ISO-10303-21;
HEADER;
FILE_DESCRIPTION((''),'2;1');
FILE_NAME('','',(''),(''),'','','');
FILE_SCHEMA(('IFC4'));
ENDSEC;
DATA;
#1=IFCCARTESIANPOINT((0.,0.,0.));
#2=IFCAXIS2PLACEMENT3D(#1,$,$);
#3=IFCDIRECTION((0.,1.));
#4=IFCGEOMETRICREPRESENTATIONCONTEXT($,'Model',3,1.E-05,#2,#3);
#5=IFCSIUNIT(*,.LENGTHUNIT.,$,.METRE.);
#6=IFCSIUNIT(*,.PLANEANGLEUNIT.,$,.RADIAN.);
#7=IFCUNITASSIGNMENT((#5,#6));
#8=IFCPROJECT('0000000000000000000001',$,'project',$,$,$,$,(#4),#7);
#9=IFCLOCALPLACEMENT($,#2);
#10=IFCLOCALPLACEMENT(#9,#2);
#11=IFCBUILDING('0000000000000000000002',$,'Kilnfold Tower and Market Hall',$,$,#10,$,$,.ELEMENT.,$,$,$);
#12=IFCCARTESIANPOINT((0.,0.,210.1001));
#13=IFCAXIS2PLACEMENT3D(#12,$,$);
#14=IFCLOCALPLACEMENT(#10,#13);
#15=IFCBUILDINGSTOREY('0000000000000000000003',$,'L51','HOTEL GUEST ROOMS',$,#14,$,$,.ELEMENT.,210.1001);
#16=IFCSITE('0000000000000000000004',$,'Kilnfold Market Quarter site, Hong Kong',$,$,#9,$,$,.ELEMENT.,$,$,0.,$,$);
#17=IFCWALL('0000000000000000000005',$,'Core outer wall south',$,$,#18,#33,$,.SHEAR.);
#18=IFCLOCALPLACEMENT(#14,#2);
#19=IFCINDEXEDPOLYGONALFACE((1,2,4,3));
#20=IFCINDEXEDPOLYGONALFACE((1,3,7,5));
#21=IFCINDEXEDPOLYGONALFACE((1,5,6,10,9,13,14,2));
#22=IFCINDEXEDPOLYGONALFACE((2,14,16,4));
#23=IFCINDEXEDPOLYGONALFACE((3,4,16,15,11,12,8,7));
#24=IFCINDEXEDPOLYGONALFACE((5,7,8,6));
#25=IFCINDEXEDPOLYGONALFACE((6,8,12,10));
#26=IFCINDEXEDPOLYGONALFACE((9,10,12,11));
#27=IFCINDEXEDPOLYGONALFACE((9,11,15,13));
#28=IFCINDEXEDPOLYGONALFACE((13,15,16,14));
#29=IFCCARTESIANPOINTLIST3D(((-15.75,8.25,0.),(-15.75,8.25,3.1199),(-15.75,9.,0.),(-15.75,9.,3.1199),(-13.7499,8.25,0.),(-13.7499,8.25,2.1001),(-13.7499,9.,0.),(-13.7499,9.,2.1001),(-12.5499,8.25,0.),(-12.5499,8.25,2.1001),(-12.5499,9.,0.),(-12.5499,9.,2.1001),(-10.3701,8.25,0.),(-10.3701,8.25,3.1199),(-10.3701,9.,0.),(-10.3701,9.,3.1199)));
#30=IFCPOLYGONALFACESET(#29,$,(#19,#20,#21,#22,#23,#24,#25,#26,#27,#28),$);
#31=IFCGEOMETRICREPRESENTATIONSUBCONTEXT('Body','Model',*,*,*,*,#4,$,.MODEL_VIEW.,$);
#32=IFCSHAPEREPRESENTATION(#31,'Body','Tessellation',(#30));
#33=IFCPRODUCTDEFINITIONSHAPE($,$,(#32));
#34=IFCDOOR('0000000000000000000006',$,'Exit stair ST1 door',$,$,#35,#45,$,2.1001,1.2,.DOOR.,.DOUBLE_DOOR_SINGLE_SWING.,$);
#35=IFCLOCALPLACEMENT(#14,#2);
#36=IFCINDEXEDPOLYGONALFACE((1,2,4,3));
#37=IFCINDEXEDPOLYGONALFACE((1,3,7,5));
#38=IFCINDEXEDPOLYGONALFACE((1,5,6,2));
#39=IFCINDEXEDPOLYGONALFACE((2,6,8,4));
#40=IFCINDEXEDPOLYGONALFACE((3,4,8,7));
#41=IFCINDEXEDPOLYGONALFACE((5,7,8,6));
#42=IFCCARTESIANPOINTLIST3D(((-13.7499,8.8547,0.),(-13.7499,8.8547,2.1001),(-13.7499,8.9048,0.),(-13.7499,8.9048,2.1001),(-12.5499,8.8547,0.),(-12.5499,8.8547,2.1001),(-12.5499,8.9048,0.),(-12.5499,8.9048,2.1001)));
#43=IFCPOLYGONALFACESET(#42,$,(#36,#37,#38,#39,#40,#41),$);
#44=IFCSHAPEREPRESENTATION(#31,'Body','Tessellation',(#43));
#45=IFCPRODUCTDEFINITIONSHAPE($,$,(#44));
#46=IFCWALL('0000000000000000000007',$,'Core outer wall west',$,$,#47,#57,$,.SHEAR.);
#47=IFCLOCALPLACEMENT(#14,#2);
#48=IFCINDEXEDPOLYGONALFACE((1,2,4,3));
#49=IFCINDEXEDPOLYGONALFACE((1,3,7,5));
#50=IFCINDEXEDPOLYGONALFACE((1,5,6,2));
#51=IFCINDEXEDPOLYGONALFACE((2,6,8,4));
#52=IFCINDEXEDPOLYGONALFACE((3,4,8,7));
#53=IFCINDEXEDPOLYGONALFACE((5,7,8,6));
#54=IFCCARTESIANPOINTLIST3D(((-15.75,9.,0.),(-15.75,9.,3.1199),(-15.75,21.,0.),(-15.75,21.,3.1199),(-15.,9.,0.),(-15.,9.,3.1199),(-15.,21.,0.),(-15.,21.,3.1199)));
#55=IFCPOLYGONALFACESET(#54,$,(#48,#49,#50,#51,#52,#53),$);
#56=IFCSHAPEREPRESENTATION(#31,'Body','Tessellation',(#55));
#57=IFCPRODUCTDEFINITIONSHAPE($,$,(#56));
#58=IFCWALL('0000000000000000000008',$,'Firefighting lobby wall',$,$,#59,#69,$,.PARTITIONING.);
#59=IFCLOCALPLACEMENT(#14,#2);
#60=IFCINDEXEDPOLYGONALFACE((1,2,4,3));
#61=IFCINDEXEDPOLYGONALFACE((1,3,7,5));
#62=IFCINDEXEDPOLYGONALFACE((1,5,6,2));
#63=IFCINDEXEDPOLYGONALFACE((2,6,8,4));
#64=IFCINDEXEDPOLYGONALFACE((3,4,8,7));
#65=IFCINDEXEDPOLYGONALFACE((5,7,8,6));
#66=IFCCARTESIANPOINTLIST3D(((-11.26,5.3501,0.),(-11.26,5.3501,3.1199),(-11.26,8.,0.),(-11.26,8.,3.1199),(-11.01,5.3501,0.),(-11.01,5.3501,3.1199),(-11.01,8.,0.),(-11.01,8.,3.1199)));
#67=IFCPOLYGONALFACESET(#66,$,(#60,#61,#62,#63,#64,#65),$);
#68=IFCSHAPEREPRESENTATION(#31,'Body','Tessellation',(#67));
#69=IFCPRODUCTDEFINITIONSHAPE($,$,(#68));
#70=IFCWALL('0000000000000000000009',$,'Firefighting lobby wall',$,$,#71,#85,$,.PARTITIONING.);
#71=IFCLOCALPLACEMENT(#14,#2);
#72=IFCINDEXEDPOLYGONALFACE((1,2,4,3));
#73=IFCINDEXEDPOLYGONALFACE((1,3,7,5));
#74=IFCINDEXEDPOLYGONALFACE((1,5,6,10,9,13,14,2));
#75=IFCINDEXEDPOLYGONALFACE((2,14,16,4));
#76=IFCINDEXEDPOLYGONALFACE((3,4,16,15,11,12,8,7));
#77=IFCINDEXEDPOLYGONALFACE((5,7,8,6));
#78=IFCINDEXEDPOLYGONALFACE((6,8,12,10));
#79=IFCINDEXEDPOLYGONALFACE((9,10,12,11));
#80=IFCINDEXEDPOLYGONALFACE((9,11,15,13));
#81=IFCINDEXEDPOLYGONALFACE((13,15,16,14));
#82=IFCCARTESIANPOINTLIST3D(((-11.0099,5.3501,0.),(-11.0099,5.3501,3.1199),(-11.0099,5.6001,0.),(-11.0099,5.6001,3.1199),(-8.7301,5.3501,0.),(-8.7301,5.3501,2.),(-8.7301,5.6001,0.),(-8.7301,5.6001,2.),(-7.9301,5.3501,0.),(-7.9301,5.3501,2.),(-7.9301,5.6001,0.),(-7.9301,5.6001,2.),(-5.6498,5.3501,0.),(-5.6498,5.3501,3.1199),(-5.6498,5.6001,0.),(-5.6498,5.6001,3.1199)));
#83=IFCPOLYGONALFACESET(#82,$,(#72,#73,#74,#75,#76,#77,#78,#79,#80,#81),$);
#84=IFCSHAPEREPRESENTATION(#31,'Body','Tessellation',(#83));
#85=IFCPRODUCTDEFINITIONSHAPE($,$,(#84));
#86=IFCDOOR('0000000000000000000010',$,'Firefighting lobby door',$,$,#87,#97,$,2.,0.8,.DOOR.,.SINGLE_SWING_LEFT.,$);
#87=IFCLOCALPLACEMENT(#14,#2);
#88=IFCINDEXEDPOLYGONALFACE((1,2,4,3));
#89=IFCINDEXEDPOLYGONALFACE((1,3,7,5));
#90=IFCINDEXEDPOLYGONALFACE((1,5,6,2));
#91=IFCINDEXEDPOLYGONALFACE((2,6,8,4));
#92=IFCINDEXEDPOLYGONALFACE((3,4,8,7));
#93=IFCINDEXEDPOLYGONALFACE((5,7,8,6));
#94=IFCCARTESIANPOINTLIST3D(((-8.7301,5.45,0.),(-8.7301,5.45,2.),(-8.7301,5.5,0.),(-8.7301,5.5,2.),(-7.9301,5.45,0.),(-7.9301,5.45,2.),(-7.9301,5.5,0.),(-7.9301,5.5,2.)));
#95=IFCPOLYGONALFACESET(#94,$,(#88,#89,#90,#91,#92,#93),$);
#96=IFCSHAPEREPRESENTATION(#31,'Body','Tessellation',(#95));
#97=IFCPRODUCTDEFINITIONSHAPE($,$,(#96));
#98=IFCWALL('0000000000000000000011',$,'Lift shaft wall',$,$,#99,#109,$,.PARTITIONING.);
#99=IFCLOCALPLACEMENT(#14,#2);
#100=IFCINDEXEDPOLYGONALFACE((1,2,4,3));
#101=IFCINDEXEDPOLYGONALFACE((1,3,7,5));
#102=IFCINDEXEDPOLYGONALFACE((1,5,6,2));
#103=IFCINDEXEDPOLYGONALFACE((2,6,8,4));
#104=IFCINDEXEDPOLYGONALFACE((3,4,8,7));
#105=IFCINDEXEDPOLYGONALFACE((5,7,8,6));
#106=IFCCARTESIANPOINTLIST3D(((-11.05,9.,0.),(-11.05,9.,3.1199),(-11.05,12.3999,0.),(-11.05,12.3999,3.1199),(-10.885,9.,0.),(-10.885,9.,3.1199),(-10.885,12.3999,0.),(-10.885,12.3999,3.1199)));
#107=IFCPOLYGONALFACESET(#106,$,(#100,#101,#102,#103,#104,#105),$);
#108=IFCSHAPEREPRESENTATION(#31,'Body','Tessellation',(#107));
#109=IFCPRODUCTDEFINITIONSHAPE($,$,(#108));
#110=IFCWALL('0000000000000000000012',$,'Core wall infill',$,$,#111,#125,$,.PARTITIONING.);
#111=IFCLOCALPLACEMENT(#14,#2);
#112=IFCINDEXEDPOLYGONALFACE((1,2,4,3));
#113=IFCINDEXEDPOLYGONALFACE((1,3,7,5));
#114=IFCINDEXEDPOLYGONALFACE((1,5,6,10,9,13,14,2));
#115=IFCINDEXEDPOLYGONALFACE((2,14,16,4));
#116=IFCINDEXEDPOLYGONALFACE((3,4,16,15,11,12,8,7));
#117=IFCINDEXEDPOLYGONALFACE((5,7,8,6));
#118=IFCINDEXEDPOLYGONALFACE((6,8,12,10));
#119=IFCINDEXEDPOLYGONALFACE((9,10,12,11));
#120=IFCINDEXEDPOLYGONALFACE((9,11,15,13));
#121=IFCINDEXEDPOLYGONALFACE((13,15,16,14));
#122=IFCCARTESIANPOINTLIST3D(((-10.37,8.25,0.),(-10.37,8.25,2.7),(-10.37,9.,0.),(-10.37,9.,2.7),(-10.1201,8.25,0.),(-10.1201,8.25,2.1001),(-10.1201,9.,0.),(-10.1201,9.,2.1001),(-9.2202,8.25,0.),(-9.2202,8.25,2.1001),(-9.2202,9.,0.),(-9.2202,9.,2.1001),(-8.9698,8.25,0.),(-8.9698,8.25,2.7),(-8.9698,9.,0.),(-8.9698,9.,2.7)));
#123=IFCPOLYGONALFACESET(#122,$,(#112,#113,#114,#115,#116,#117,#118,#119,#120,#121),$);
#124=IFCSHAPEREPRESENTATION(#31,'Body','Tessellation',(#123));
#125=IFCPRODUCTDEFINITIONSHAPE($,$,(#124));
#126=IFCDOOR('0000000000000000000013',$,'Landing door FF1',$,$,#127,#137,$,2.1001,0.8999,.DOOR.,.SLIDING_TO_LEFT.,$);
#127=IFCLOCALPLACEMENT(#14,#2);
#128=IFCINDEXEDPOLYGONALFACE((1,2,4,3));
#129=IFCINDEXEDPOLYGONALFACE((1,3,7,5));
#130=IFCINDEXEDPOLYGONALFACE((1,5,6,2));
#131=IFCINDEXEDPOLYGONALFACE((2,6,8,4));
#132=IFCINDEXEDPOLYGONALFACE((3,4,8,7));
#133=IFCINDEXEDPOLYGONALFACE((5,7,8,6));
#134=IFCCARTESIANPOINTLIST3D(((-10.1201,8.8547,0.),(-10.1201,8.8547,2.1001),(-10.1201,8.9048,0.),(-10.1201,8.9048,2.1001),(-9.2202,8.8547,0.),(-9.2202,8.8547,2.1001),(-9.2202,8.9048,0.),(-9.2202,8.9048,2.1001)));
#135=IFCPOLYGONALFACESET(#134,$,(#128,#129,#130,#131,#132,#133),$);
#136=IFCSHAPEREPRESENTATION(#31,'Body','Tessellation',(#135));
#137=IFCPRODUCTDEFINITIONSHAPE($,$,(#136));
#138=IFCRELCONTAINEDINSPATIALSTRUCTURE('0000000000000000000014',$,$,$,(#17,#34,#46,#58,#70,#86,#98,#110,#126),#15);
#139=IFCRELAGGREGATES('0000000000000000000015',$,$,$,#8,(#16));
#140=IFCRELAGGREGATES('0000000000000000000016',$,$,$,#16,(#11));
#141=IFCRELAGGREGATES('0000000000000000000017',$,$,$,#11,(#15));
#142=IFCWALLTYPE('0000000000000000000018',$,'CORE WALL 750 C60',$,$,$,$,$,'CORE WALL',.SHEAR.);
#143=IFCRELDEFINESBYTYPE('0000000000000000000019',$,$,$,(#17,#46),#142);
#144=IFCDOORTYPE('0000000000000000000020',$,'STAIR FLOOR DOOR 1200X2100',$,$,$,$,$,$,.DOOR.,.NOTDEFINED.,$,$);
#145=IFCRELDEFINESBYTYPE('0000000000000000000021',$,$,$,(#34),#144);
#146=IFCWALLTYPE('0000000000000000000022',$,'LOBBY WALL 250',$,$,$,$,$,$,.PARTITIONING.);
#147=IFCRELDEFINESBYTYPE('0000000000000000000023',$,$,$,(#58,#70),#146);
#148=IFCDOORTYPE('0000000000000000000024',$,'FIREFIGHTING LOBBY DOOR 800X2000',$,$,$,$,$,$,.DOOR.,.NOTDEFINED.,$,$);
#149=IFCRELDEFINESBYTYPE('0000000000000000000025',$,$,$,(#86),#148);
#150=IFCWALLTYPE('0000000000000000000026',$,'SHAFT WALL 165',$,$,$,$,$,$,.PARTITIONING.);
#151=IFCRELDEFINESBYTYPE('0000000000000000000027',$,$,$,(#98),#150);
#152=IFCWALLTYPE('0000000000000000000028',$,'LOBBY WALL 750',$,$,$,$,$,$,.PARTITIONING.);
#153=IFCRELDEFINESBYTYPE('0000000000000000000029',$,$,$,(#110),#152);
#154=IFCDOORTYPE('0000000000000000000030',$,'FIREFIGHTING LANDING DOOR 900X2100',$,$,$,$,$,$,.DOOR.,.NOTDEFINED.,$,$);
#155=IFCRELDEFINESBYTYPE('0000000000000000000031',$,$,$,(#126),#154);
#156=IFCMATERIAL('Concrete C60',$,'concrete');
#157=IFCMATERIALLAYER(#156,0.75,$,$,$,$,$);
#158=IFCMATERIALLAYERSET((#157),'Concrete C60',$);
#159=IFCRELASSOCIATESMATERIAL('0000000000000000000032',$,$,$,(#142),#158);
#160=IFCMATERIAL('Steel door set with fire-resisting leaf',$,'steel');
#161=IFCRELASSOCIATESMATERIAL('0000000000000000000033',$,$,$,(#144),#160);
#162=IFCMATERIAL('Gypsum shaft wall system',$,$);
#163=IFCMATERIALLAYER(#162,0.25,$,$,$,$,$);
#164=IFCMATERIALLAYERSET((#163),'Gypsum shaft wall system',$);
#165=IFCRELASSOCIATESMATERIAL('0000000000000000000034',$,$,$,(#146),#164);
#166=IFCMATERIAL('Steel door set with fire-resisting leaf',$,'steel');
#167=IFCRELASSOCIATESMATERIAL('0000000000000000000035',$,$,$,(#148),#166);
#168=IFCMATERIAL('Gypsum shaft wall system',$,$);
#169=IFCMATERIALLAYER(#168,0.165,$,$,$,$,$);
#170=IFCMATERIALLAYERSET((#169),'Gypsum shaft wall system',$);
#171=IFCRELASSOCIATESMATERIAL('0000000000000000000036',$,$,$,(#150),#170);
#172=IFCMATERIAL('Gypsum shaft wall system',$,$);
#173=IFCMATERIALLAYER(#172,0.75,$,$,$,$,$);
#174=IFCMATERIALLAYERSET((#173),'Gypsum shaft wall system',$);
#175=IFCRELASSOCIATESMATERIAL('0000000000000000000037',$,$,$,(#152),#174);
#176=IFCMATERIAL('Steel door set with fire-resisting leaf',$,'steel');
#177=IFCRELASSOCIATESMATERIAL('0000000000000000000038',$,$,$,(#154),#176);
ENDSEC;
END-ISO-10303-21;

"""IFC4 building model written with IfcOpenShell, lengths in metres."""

from ifc_helpers import new_model, si_unit, direction, frame, frame_2d, origin, place, context, subcontext, project, spatial, rectangle, extrude, source, transform, mapped, material, layer, layer_set, type_object, element, fill, save


model = new_model("IFC4")

# Units and contexts
model_context = context("Model", 3, precision=1e-05, world=origin(), true_north=direction((0.0, 1.0)))
body_context = subcontext(model_context, "Body", "Model", "MODEL_VIEW")
ifc_project = project(units=[si_unit("LENGTHUNIT", "METRE"), si_unit("PLANEANGLEUNIT", "RADIAN")], contexts=[model_context])

# Site, building, storey
site_placement = place(None, origin())
site = spatial("IfcSite", under=ifc_project, at=site_placement, Name="Kilnfold Market Quarter site, Hong Kong", CompositionType="ELEMENT", RefElevation=0.0)
building_placement = place(site_placement, origin())
building = spatial("IfcBuilding", under=site, at=building_placement, Name="Kilnfold Tower and Market Hall", CompositionType="ELEMENT")
storey_placement = place(building_placement, frame((0.0, 0.0, 210.1001)))
storey = spatial("IfcBuildingStorey", under=building, at=storey_placement, Name="L51", Description="HOTEL GUEST ROOMS", CompositionType="ELEMENT", Elevation=210.1001)

# Wall, opening, door
ifc_material_1 = material(Name="Concrete C60", Category="concrete")
ifc_layer_1 = layer(ifc_material_1, 0.75)
ifc_layer_set_1 = layer_set([ifc_layer_1], Name="Concrete C60")
wall_type_1 = type_object("IfcWallType", Name="CORE WALL 750 C60", ElementType="CORE WALL", PredefinedType="SHEAR", material=ifc_layer_set_1)
shared_shape_1 = source(origin(), body_context, "Body", "SweptSolid", [
    extrude(rectangle(XDim=5.3799, YDim=0.75, at=frame_2d((2.6899, 0.0))), origin(), (0.0, 0.0, 1.0), 3.1199),
])
wall_1_placement = place(storey_placement, frame((-15.75, 8.625, 0.0), z_axis=(0.0, 0.0, 1.0), x_axis=(1.0, 0.0, 0.0)))
wall_1 = element("IfcWall", 1, at=wall_1_placement, inside=storey, type_object=wall_type_1, Name="Core outer wall south", PredefinedType="SHEAR", context=body_context, shape_type="MappedRepresentation", body=[
    mapped(shared_shape_1, transform((0.0, 0.0, 0.0))),
])
opening_1_placement = place(wall_1_placement, frame((2.0, 0.0, 0.0)))
opening_1 = element("IfcOpeningElement", 2, at=opening_1_placement, cuts=wall_1, PredefinedType="OPENING", context=body_context, shape_type="SweptSolid", body=[
    extrude(rectangle(XDim=1.2, YDim=2.1001, at=frame_2d((0.6001, 1.05))), frame((0.0, 0.385, 0.0), z_axis=(0.0, -1.0, 0.0), x_axis=(1.0, 0.0, 0.0)), (0.0, 0.0, 1.0), 0.77),
])
ifc_material_2 = material(Name="Steel door set with fire-resisting leaf", Category="steel")
door_type_1 = type_object("IfcDoorType", Name="STAIR FLOOR DOOR 1200X2100", OperationType="NOTDEFINED", PredefinedType="DOOR", material=ifc_material_2)
door_1_placement = place(opening_1_placement, origin())
door_1 = element("IfcDoor", 3, at=door_1_placement, inside=storey, type_object=door_type_1, Name="Exit stair ST1 door", OperationType="DOUBLE_DOOR_SINGLE_SWING", OverallHeight=2.1001, OverallWidth=1.2, PredefinedType="DOOR", context=body_context, shape_type="SweptSolid", body=[
    extrude(rectangle(XDim=1.2, YDim=2.1001, at=frame_2d((0.6001, 1.05))), frame((0.0, 0.2798, 0.0), z_axis=(0.0, -1.0, 0.0), x_axis=(1.0, 0.0, 0.0)), (0.0, 0.0, 1.0), 0.05),
])
fill(opening_1, door_1)

# Walls
shared_shape_2 = source(origin(), body_context, "Body", "SweptSolid", [
    extrude(rectangle(XDim=12.0, YDim=0.75, at=frame_2d((6.0, 0.0))), origin(), (0.0, 0.0, 1.0), 3.1199),
])
wall_2_placement = place(storey_placement, frame((-15.375, 9.0, 0.0), z_axis=(0.0, 0.0, 1.0), x_axis=(0.0, 1.0, 0.0)))
element("IfcWall", 4, at=wall_2_placement, inside=storey, type_object=wall_type_1, Name="Core outer wall west", PredefinedType="SHEAR", context=body_context, shape_type="MappedRepresentation", body=[
    mapped(shared_shape_2, transform((0.0, 0.0, 0.0))),
])
ifc_material_3 = material(Name="Gypsum shaft wall system")
ifc_layer_2 = layer(ifc_material_3, 0.25)
ifc_layer_set_2 = layer_set([ifc_layer_2], Name="Gypsum shaft wall system")
wall_type_2 = type_object("IfcWallType", Name="LOBBY WALL 250", PredefinedType="PARTITIONING", material=ifc_layer_set_2)
shared_shape_3 = source(origin(), body_context, "Body", "SweptSolid", [
    extrude(rectangle(XDim=2.6499, YDim=0.25, at=frame_2d((1.325, 0.0))), origin(), (0.0, 0.0, 1.0), 3.1199),
])
wall_3_placement = place(storey_placement, frame((-11.135, 5.3501, 0.0), z_axis=(0.0, 0.0, 1.0), x_axis=(0.0, 1.0, 0.0)))
element("IfcWall", 5, at=wall_3_placement, inside=storey, type_object=wall_type_2, Name="Firefighting lobby wall", PredefinedType="PARTITIONING", context=body_context, shape_type="MappedRepresentation", body=[
    mapped(shared_shape_3, transform((0.0, 0.0, 0.0))),
])

# Wall, opening, door
shared_shape_4 = source(origin(), body_context, "Body", "SweptSolid", [
    extrude(rectangle(XDim=5.3601, YDim=0.25, at=frame_2d((2.6802, 0.0))), origin(), (0.0, 0.0, 1.0), 3.1199),
])
wall_4_placement = place(storey_placement, frame((-11.01, 5.4751, 0.0), z_axis=(0.0, 0.0, 1.0), x_axis=(1.0, 0.0, 0.0)))
wall_4 = element("IfcWall", 6, at=wall_4_placement, inside=storey, type_object=wall_type_2, Name="Firefighting lobby wall", PredefinedType="PARTITIONING", context=body_context, shape_type="MappedRepresentation", body=[
    mapped(shared_shape_4, transform((0.0, 0.0, 0.0))),
])
opening_2_placement = place(wall_4_placement, frame((2.28, 0.0, 0.0)))
opening_2 = element("IfcOpeningElement", 7, at=opening_2_placement, cuts=wall_4, PredefinedType="OPENING", context=body_context, shape_type="SweptSolid", body=[
    extrude(rectangle(XDim=0.8, YDim=2.0, at=frame_2d((0.3999, 1.0))), frame((0.0, 0.135, 0.0), z_axis=(0.0, -1.0, 0.0), x_axis=(1.0, 0.0, 0.0)), (0.0, 0.0, 1.0), 0.27),
])
ifc_material_4 = material(Name="Steel door set with fire-resisting leaf", Category="steel")
door_type_2 = type_object("IfcDoorType", Name="FIREFIGHTING LOBBY DOOR 800X2000", OperationType="NOTDEFINED", PredefinedType="DOOR", material=ifc_material_4)
door_2_placement = place(opening_2_placement, origin())
door_2 = element("IfcDoor", 8, at=door_2_placement, inside=storey, type_object=door_type_2, Name="Firefighting lobby door", OperationType="SINGLE_SWING_LEFT", OverallHeight=2.0, OverallWidth=0.8, PredefinedType="DOOR", context=body_context, shape_type="SweptSolid", body=[
    extrude(rectangle(XDim=0.8, YDim=2.0, at=frame_2d((0.3999, 1.0))), frame((0.0, 0.0249, 0.0), z_axis=(0.0, -1.0, 0.0), x_axis=(1.0, 0.0, 0.0)), (0.0, 0.0, 1.0), 0.05),
])
fill(opening_2, door_2)

# Wall
ifc_material_5 = material(Name="Gypsum shaft wall system")
ifc_layer_3 = layer(ifc_material_5, 0.165)
ifc_layer_set_3 = layer_set([ifc_layer_3], Name="Gypsum shaft wall system")
wall_type_3 = type_object("IfcWallType", Name="SHAFT WALL 165", PredefinedType="PARTITIONING", material=ifc_layer_set_3)
shared_shape_5 = source(origin(), body_context, "Body", "SweptSolid", [
    extrude(rectangle(XDim=3.3999, YDim=0.165, at=frame_2d((1.7, 0.0))), origin(), (0.0, 0.0, 1.0), 3.1199),
])
wall_5_placement = place(storey_placement, frame((-10.9675, 9.0, 0.0), z_axis=(0.0, 0.0, 1.0), x_axis=(0.0, 1.0, 0.0)))
element("IfcWall", 9, at=wall_5_placement, inside=storey, type_object=wall_type_3, Name="Lift shaft wall", PredefinedType="PARTITIONING", context=body_context, shape_type="MappedRepresentation", body=[
    mapped(shared_shape_5, transform((0.0, 0.0, 0.0))),
])

# Wall, opening, door
ifc_material_6 = material(Name="Gypsum shaft wall system")
ifc_layer_4 = layer(ifc_material_6, 0.75)
ifc_layer_set_4 = layer_set([ifc_layer_4], Name="Gypsum shaft wall system")
wall_type_4 = type_object("IfcWallType", Name="LOBBY WALL 750", PredefinedType="PARTITIONING", material=ifc_layer_set_4)
shared_shape_6 = source(origin(), body_context, "Body", "SweptSolid", [
    extrude(rectangle(XDim=1.4001, YDim=0.75, at=frame_2d((0.7002, 0.0))), origin(), (0.0, 0.0, 1.0), 2.7),
])
wall_6_placement = place(storey_placement, frame((-10.3701, 8.625, 0.0), z_axis=(0.0, 0.0, 1.0), x_axis=(1.0, 0.0, 0.0)))
wall_6 = element("IfcWall", 10, at=wall_6_placement, inside=storey, type_object=wall_type_4, Name="Core wall infill", PredefinedType="PARTITIONING", context=body_context, shape_type="MappedRepresentation", body=[
    mapped(shared_shape_6, transform((0.0, 0.0, 0.0))),
])
opening_3_placement = place(wall_6_placement, frame((0.25, 0.0, 0.0)))
opening_3 = element("IfcOpeningElement", 11, at=opening_3_placement, cuts=wall_6, PredefinedType="OPENING", context=body_context, shape_type="SweptSolid", body=[
    extrude(rectangle(XDim=0.8999, YDim=2.1001, at=frame_2d((0.45, 1.05))), frame((0.0, 0.385, 0.0), z_axis=(0.0, -1.0, 0.0), x_axis=(1.0, 0.0, 0.0)), (0.0, 0.0, 1.0), 0.77),
])
ifc_material_7 = material(Name="Steel door set with fire-resisting leaf", Category="steel")
door_type_3 = type_object("IfcDoorType", Name="FIREFIGHTING LANDING DOOR 900X2100", OperationType="NOTDEFINED", PredefinedType="DOOR", material=ifc_material_7)
door_3_placement = place(opening_3_placement, origin())
door_3 = element("IfcDoor", 12, at=door_3_placement, inside=storey, type_object=door_type_3, Name="Landing door FF1", OperationType="SLIDING_TO_LEFT", OverallHeight=2.1001, OverallWidth=0.8999, PredefinedType="DOOR", context=body_context, shape_type="SweptSolid", body=[
    extrude(rectangle(XDim=0.8999, YDim=2.1001, at=frame_2d((0.45, 1.05))), frame((0.0, 0.2798, 0.0), z_axis=(0.0, -1.0, 0.0), x_axis=(1.0, 0.0, 0.0)), (0.0, 0.0, 1.0), 0.05),
])
fill(opening_3, door_3)

save(model, "model.ifc")
